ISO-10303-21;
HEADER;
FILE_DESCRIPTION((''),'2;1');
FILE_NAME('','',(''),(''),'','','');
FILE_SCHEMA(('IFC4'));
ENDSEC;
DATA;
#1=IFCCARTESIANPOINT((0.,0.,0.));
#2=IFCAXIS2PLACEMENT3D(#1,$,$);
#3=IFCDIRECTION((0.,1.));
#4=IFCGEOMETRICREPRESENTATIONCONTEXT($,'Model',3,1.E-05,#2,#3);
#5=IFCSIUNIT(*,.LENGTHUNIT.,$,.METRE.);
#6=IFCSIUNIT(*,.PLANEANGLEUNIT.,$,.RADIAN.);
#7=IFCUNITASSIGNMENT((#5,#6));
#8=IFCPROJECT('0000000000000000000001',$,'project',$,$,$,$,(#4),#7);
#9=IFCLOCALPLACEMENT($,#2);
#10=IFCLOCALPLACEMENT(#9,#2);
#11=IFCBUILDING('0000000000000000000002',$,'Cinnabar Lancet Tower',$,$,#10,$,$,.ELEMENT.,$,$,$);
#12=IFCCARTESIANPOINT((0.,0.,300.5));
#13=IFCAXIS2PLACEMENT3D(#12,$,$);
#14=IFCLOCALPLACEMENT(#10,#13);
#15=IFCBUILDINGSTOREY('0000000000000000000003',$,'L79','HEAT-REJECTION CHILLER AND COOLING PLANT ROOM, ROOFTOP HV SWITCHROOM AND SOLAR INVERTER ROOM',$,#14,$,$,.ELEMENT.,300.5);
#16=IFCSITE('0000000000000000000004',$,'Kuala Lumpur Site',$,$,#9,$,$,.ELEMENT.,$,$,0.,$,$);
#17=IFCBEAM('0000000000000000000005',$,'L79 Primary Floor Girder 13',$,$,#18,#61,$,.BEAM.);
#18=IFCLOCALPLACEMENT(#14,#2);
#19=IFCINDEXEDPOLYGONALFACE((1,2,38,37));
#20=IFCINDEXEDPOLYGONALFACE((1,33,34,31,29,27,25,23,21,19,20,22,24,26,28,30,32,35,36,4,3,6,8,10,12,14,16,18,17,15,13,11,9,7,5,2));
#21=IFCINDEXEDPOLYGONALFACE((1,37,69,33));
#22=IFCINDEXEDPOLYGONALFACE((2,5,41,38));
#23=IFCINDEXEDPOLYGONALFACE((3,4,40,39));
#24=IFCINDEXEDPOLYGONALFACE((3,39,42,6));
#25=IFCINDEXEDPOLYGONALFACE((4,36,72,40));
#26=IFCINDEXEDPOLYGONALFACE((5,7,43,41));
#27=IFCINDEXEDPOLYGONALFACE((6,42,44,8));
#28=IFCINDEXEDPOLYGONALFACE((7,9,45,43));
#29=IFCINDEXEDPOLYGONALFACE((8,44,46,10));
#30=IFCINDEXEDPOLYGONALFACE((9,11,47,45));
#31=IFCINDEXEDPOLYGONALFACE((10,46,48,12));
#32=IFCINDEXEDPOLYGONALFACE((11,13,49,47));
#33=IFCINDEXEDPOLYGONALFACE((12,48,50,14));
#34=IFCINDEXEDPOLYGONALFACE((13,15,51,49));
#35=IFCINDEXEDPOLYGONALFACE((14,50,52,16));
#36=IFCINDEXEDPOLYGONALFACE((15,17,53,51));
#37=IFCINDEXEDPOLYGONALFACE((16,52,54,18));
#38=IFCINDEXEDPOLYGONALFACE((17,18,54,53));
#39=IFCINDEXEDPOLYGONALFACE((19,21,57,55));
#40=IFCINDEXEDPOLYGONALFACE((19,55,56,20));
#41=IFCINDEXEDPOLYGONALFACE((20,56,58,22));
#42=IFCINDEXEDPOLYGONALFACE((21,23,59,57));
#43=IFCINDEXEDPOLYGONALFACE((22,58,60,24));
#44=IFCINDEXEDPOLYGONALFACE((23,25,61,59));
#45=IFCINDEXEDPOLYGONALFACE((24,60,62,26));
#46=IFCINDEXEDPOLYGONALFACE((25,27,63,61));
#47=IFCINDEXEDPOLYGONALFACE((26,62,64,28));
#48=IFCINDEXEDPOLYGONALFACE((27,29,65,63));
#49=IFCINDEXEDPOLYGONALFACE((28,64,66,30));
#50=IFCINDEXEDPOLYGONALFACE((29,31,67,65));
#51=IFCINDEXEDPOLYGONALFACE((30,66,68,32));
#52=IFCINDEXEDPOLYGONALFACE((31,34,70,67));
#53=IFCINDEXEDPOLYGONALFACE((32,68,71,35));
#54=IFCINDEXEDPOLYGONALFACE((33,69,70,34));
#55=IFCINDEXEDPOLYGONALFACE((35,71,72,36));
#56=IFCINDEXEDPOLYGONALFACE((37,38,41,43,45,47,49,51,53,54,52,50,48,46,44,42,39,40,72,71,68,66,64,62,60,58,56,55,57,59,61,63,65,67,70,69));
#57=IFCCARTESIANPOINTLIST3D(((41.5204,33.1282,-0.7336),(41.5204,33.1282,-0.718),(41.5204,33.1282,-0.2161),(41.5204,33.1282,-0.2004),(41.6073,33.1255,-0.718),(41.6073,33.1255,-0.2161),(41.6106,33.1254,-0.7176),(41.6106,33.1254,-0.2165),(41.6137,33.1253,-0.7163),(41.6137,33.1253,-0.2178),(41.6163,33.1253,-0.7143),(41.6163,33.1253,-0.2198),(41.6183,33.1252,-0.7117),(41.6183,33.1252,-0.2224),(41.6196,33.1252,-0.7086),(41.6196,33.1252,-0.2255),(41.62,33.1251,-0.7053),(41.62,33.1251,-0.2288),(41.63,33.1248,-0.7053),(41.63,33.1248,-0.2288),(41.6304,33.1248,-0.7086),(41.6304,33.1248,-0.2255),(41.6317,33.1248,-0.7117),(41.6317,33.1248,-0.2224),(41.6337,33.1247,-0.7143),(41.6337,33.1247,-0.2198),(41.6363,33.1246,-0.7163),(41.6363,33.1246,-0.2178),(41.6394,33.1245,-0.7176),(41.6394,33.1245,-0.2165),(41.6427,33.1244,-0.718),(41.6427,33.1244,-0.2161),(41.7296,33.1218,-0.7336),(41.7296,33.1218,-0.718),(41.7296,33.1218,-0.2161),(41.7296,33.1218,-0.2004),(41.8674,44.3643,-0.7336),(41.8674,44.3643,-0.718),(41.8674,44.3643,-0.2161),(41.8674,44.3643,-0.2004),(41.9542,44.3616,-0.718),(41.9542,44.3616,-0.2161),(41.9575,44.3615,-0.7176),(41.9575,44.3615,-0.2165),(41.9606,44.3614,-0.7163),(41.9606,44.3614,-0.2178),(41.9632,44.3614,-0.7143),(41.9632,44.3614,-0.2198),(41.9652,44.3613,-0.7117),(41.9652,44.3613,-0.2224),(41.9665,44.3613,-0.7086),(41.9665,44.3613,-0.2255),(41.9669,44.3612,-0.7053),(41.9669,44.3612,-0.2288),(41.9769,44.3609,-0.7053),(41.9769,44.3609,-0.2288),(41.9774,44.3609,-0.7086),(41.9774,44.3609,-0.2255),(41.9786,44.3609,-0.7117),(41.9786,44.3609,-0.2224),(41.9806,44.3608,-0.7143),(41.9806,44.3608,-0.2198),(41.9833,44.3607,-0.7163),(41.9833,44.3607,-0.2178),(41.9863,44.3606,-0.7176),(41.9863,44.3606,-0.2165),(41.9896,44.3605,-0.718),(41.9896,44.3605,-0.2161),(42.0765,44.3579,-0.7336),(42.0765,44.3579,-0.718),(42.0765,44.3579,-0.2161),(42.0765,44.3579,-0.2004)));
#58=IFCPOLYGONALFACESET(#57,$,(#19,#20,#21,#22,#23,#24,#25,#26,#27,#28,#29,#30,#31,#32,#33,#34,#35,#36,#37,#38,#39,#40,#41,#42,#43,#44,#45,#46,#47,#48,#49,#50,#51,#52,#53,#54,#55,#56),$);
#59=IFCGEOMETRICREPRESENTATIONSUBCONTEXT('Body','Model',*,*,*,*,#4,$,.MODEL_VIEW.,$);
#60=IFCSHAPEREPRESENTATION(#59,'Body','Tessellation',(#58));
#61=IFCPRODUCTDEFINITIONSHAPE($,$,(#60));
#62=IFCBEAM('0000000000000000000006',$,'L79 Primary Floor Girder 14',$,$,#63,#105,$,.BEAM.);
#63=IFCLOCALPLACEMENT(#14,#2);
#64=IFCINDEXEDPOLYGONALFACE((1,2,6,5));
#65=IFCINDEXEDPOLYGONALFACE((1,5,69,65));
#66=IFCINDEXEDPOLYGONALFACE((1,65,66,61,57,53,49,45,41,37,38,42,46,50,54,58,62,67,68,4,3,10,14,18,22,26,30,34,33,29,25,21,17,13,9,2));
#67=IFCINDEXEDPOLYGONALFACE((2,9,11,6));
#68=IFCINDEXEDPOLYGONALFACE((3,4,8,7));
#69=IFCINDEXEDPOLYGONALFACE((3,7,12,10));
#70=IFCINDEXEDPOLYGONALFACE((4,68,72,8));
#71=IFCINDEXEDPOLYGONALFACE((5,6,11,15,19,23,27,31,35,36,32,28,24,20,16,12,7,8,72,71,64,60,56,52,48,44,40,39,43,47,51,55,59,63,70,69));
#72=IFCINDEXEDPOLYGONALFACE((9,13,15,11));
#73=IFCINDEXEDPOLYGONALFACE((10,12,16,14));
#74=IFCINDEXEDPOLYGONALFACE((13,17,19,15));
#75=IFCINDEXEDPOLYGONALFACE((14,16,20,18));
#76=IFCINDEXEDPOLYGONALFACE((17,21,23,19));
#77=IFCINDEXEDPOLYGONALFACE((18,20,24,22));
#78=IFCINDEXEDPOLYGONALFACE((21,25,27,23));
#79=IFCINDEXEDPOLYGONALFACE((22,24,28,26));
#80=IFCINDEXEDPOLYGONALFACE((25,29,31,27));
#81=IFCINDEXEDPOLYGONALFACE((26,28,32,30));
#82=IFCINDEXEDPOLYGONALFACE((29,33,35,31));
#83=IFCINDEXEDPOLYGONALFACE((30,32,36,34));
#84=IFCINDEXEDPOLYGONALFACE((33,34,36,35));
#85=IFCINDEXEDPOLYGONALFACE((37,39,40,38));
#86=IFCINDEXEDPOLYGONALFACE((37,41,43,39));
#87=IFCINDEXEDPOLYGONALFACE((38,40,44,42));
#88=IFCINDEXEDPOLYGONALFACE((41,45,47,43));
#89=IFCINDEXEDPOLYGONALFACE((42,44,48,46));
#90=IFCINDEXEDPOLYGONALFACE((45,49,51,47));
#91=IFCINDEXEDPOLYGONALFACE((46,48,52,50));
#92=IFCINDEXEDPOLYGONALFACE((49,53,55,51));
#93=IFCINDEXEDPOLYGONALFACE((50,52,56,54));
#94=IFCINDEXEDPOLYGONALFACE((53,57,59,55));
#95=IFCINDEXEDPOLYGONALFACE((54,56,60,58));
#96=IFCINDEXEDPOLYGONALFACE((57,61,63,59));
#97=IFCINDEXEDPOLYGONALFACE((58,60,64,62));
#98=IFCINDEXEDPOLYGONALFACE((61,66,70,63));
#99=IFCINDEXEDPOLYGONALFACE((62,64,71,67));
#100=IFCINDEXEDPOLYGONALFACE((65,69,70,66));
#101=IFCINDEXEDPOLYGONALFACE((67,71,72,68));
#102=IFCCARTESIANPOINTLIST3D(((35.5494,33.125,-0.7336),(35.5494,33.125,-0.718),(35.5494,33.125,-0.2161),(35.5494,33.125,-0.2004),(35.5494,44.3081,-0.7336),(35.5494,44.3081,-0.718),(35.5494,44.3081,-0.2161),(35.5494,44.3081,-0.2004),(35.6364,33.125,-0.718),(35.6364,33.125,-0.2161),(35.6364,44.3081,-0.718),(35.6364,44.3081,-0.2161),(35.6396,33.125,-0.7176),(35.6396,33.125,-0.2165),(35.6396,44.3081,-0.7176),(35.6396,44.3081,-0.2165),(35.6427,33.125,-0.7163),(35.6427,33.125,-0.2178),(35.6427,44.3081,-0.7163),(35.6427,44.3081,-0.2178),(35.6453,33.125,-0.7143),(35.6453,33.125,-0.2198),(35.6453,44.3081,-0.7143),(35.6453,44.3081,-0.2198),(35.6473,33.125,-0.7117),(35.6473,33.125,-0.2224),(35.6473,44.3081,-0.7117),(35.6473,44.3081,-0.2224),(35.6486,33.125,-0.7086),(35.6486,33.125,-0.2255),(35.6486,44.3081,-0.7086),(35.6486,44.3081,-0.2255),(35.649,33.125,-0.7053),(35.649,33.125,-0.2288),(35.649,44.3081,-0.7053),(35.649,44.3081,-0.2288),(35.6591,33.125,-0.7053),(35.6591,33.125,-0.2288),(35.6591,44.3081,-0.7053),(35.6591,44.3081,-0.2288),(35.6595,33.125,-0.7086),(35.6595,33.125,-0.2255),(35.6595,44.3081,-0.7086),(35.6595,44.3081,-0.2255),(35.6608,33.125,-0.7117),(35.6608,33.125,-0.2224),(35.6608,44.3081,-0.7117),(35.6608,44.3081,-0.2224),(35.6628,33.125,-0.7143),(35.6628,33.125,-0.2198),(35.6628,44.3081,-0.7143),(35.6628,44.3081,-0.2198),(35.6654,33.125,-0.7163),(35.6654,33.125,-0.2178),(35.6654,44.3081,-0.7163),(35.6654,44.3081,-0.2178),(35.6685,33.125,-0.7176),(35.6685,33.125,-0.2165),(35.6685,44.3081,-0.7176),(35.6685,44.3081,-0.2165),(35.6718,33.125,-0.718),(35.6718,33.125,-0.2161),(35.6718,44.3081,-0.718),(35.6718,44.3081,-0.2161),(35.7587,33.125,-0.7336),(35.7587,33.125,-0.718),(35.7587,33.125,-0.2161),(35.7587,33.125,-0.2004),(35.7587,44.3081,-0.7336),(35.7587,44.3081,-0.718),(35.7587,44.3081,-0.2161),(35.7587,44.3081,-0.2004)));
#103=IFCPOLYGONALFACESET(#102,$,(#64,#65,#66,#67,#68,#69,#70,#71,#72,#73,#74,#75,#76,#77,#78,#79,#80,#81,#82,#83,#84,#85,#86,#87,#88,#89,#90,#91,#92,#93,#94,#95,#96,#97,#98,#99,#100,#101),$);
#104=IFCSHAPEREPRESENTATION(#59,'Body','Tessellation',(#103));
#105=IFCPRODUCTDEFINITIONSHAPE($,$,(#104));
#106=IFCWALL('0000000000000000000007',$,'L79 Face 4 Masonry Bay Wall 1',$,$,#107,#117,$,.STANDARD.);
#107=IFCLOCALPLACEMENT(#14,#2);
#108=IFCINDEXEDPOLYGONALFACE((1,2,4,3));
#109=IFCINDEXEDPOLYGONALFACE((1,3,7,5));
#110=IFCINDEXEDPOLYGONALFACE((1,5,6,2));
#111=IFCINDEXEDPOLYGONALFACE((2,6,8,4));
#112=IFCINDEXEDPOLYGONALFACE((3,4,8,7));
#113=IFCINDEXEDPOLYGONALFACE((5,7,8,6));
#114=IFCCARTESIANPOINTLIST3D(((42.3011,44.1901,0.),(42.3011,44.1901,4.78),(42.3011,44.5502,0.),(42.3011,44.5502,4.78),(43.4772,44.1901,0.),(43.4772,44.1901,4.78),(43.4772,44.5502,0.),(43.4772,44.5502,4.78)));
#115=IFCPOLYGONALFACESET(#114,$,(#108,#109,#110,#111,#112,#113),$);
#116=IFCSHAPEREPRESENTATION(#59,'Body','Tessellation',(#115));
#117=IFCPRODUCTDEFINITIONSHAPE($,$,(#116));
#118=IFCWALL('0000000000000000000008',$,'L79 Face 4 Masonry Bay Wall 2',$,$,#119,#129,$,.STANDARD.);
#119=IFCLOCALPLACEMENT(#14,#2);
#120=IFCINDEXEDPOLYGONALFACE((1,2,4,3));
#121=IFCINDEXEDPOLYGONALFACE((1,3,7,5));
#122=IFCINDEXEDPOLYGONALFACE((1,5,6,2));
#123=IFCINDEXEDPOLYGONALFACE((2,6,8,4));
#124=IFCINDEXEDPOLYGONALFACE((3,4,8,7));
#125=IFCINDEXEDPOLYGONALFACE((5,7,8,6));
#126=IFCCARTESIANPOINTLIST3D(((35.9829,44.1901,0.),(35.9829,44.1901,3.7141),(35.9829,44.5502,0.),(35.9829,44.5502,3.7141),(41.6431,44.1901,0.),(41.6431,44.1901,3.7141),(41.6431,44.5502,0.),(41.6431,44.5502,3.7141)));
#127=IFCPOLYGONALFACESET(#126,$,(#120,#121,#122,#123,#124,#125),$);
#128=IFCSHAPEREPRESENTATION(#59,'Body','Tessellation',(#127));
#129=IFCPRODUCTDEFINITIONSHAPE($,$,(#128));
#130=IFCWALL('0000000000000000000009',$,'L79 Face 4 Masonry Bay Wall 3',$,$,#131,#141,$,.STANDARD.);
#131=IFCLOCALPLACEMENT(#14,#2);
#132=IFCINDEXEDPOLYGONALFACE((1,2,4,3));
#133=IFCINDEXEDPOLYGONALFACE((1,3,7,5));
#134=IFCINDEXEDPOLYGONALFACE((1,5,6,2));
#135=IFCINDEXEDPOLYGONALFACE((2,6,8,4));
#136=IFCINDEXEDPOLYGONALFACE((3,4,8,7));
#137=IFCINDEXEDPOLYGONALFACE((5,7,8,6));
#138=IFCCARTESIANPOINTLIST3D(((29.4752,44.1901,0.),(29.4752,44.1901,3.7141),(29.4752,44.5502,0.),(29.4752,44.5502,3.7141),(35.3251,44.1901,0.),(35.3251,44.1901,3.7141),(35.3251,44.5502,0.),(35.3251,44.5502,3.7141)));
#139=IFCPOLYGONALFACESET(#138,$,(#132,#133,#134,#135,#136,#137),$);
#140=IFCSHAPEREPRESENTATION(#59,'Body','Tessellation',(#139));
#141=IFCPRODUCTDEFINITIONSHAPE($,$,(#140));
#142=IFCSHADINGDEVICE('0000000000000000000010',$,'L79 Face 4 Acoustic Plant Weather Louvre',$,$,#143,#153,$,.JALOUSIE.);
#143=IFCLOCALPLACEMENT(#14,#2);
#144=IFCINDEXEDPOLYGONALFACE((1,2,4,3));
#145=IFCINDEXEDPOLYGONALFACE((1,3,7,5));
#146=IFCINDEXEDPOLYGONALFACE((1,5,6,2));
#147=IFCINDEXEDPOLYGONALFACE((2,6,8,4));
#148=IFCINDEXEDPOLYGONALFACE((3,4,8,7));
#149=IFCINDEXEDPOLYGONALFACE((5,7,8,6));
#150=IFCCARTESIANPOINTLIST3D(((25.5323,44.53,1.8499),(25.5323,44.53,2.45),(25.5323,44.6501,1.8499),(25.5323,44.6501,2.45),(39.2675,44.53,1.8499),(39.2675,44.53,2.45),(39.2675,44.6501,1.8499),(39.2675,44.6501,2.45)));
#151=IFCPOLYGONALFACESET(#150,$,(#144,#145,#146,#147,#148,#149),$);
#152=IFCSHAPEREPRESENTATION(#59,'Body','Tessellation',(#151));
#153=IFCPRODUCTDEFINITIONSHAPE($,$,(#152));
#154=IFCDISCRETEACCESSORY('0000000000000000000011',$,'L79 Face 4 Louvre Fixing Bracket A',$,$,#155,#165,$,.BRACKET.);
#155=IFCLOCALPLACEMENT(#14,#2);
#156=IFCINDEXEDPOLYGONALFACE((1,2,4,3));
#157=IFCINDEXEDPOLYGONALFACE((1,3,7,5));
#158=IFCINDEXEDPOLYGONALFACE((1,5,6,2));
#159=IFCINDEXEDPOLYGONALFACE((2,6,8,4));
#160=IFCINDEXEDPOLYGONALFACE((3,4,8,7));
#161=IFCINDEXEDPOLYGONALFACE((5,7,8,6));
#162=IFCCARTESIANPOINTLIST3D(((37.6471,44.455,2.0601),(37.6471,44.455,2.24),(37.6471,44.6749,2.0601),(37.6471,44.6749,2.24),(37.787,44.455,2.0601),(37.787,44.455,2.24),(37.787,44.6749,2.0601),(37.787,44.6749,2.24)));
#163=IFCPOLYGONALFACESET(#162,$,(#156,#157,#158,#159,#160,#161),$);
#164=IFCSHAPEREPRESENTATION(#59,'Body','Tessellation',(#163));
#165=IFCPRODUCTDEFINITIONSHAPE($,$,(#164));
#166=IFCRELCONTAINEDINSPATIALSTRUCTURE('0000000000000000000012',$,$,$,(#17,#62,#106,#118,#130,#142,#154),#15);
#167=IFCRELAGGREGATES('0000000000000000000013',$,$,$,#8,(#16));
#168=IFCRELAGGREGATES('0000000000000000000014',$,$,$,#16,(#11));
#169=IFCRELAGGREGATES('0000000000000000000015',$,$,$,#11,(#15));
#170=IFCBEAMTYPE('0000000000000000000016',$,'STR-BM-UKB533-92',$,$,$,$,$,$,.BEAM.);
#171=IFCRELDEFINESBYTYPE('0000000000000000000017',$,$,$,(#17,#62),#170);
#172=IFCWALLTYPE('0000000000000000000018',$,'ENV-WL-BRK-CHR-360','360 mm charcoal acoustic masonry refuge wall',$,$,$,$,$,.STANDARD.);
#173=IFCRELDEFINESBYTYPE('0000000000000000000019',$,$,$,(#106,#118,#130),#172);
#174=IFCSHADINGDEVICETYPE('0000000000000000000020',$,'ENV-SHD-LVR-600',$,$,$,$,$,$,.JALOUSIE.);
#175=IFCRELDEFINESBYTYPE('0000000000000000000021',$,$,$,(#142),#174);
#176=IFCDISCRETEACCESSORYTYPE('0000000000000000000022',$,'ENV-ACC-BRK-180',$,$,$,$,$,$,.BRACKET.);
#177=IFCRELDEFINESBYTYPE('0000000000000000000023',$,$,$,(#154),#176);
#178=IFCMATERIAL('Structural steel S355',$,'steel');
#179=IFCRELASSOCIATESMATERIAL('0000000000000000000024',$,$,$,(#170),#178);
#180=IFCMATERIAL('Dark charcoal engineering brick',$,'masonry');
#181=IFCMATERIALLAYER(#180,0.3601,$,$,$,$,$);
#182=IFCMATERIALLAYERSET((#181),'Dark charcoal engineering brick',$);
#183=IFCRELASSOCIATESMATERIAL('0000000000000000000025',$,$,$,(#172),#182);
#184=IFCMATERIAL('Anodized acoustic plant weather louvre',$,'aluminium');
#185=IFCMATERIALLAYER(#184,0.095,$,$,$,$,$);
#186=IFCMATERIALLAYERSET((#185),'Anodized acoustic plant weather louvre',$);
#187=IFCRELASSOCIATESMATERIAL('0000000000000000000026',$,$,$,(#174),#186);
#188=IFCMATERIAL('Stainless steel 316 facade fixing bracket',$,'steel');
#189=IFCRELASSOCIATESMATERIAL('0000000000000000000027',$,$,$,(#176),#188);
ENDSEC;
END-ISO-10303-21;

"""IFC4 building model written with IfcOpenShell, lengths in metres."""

from ifc_helpers import new_model, si_unit, direction, frame, frame_2d, origin, origin_2d, place, context, subcontext, project, spatial, rectangle, i_section, extrude, material, layer, layer_set, material_profile, profile_set, type_object, element, save


model = new_model("IFC4")

# Units and contexts
model_context = context("Model", 3, precision=1e-05, world=origin(), true_north=direction((0.0, 1.0)))
body_context = subcontext(model_context, "Body", "Model", "MODEL_VIEW")
ifc_project = project(units=[si_unit("LENGTHUNIT", "METRE"), si_unit("PLANEANGLEUNIT", "RADIAN")], contexts=[model_context])

# Site, building, storey
site_placement = place(None, origin())
site = spatial("IfcSite", under=ifc_project, at=site_placement, Name="Kuala Lumpur Site", CompositionType="ELEMENT", RefElevation=0.0)
building_placement = place(site_placement, origin())
building = spatial("IfcBuilding", under=site, at=building_placement, Name="Cinnabar Lancet Tower", CompositionType="ELEMENT")
storey_placement = place(building_placement, frame((0.0, 0.0, 300.5)))
storey = spatial("IfcBuildingStorey", under=building, at=storey_placement, Name="L79", Description="HEAT-REJECTION CHILLER AND COOLING PLANT ROOM, ROOFTOP HV SWITCHROOM AND SOLAR INVERTER ROOM", CompositionType="ELEMENT", Elevation=300.5)

# Beams
ifc_material_1 = material(Name="Structural steel S355", Category="steel")
ifc_material_profile_1 = material_profile(ifc_material_1, i_section(OverallWidth=0.2092, OverallDepth=0.5332, WebThickness=0.01, FlangeThickness=0.0156, FilletRadius=0.0127, at=origin_2d()), Name="UKB 533x210x92")
ifc_profile_set_1 = profile_set([ifc_material_profile_1], Name="Structural steel S355")
beam_type_1 = type_object("IfcBeamType", Name="STR-BM-UKB533-92", PredefinedType="BEAM", material=ifc_profile_set_1)
beam_1_placement = place(storey_placement, frame((41.9719, 44.3611, -0.467), z_axis=(-0.030861, -0.999524, 0.0), x_axis=(0.999524, -0.030861, 0.0)))
element("IfcBeam", 1, at=beam_1_placement, inside=storey, type_object=beam_type_1, Name="L79 Primary Floor Girder 13", PredefinedType="BEAM", context=body_context, shape_type="SweptSolid", body=[
    extrude(i_section(OverallWidth=0.2092, OverallDepth=0.5332, WebThickness=0.01, FlangeThickness=0.0156, FilletRadius=0.0127, at=origin_2d()), origin(), (0.0, 0.0, 1.0), 11.2415),
])
beam_2_placement = place(storey_placement, frame((35.6541, 44.3081, -0.467), z_axis=(0.0, -1.0, 0.0), x_axis=(1.0, 0.0, 0.0)))
element("IfcBeam", 2, at=beam_2_placement, inside=storey, type_object=beam_type_1, Name="L79 Primary Floor Girder 14", PredefinedType="BEAM", context=body_context, shape_type="SweptSolid", body=[
    extrude(i_section(OverallWidth=0.2092, OverallDepth=0.5332, WebThickness=0.01, FlangeThickness=0.0156, FilletRadius=0.0127, at=origin_2d()), origin(), (0.0, 0.0, 1.0), 11.1831),
])

# Walls
ifc_material_2 = material(Name="Dark charcoal engineering brick", Category="masonry")
ifc_layer_1 = layer(ifc_material_2, 0.3601)
ifc_layer_set_1 = layer_set([ifc_layer_1], Name="Dark charcoal engineering brick")
wall_type = type_object("IfcWallType", Name="ENV-WL-BRK-CHR-360", Description="360 mm charcoal acoustic masonry refuge wall", PredefinedType="STANDARD", material=ifc_layer_set_1)
wall_1_placement = place(storey_placement, frame((43.4771, 44.3701, 0.0), z_axis=(0.0, 0.0, 1.0), x_axis=(-1.0, 0.0, 0.0)))
element("IfcWall", 3, at=wall_1_placement, inside=storey, type_object=wall_type, Name="L79 Face 4 Masonry Bay Wall 1", PredefinedType="STANDARD", context=body_context, shape_type="SweptSolid", body=[
    extrude(rectangle(XDim=1.176, YDim=0.3601, at=frame_2d((0.5879, 0.0))), origin(), (0.0, 0.0, 1.0), 4.78),
])
wall_2_placement = place(storey_placement, frame((41.6431, 44.3701, 0.0), z_axis=(0.0, 0.0, 1.0), x_axis=(-1.0, 0.0, 0.0)))
element("IfcWall", 4, at=wall_2_placement, inside=storey, type_object=wall_type, Name="L79 Face 4 Masonry Bay Wall 2", PredefinedType="STANDARD", context=body_context, shape_type="SweptSolid", body=[
    extrude(rectangle(XDim=5.6602, YDim=0.3601, at=frame_2d((2.8301, 0.0))), origin(), (0.0, 0.0, 1.0), 3.7141),
])
wall_3_placement = place(storey_placement, frame((35.325, 44.3701, 0.0), z_axis=(0.0, 0.0, 1.0), x_axis=(-1.0, 0.0, 0.0)))
element("IfcWall", 5, at=wall_3_placement, inside=storey, type_object=wall_type, Name="L79 Face 4 Masonry Bay Wall 3", PredefinedType="STANDARD", context=body_context, shape_type="SweptSolid", body=[
    extrude(rectangle(XDim=5.8499, YDim=0.3601, at=frame_2d((2.9248, 0.0))), origin(), (0.0, 0.0, 1.0), 3.7141),
])

# Shading device
ifc_material_3 = material(Name="Anodized acoustic plant weather louvre", Category="aluminium")
ifc_layer_2 = layer(ifc_material_3, 0.095)
ifc_layer_set_2 = layer_set([ifc_layer_2], Name="Anodized acoustic plant weather louvre")
shading_device_type = type_object("IfcShadingDeviceType", Name="ENV-SHD-LVR-600", PredefinedType="JALOUSIE", material=ifc_layer_set_2)
shading_device_placement = place(storey_placement, frame((32.3999, 44.5901, 1.8499), z_axis=(0.0, 0.0, 1.0), x_axis=(-1.0, 0.0, 0.0)))
element("IfcShadingDevice", 6, at=shading_device_placement, inside=storey, type_object=shading_device_type, Name="L79 Face 4 Acoustic Plant Weather Louvre", PredefinedType="JALOUSIE", context=body_context, shape_type="SweptSolid", body=[
    extrude(rectangle(XDim=13.7351, YDim=0.1201, at=origin_2d()), origin(), (0.0, 0.0, 1.0), 0.6001),
])

# Discrete accessory
ifc_material_4 = material(Name="Stainless steel 316 facade fixing bracket", Category="steel")
discrete_accessory_type = type_object("IfcDiscreteAccessoryType", Name="ENV-ACC-BRK-180", PredefinedType="BRACKET", material=ifc_material_4)
discrete_accessory_placement = place(storey_placement, frame((37.717, 44.5649, 2.0601), z_axis=(0.0, 0.0, 1.0), x_axis=(-1.0, 0.0, 0.0)))
element("IfcDiscreteAccessory", 7, at=discrete_accessory_placement, inside=storey, type_object=discrete_accessory_type, Name="L79 Face 4 Louvre Fixing Bracket A", PredefinedType="BRACKET", context=body_context, shape_type="SweptSolid", body=[
    extrude(rectangle(XDim=0.1399, YDim=0.22, at=origin_2d()), origin(), (0.0, 0.0, 1.0), 0.1799),
])

save(model, "model.ifc")
